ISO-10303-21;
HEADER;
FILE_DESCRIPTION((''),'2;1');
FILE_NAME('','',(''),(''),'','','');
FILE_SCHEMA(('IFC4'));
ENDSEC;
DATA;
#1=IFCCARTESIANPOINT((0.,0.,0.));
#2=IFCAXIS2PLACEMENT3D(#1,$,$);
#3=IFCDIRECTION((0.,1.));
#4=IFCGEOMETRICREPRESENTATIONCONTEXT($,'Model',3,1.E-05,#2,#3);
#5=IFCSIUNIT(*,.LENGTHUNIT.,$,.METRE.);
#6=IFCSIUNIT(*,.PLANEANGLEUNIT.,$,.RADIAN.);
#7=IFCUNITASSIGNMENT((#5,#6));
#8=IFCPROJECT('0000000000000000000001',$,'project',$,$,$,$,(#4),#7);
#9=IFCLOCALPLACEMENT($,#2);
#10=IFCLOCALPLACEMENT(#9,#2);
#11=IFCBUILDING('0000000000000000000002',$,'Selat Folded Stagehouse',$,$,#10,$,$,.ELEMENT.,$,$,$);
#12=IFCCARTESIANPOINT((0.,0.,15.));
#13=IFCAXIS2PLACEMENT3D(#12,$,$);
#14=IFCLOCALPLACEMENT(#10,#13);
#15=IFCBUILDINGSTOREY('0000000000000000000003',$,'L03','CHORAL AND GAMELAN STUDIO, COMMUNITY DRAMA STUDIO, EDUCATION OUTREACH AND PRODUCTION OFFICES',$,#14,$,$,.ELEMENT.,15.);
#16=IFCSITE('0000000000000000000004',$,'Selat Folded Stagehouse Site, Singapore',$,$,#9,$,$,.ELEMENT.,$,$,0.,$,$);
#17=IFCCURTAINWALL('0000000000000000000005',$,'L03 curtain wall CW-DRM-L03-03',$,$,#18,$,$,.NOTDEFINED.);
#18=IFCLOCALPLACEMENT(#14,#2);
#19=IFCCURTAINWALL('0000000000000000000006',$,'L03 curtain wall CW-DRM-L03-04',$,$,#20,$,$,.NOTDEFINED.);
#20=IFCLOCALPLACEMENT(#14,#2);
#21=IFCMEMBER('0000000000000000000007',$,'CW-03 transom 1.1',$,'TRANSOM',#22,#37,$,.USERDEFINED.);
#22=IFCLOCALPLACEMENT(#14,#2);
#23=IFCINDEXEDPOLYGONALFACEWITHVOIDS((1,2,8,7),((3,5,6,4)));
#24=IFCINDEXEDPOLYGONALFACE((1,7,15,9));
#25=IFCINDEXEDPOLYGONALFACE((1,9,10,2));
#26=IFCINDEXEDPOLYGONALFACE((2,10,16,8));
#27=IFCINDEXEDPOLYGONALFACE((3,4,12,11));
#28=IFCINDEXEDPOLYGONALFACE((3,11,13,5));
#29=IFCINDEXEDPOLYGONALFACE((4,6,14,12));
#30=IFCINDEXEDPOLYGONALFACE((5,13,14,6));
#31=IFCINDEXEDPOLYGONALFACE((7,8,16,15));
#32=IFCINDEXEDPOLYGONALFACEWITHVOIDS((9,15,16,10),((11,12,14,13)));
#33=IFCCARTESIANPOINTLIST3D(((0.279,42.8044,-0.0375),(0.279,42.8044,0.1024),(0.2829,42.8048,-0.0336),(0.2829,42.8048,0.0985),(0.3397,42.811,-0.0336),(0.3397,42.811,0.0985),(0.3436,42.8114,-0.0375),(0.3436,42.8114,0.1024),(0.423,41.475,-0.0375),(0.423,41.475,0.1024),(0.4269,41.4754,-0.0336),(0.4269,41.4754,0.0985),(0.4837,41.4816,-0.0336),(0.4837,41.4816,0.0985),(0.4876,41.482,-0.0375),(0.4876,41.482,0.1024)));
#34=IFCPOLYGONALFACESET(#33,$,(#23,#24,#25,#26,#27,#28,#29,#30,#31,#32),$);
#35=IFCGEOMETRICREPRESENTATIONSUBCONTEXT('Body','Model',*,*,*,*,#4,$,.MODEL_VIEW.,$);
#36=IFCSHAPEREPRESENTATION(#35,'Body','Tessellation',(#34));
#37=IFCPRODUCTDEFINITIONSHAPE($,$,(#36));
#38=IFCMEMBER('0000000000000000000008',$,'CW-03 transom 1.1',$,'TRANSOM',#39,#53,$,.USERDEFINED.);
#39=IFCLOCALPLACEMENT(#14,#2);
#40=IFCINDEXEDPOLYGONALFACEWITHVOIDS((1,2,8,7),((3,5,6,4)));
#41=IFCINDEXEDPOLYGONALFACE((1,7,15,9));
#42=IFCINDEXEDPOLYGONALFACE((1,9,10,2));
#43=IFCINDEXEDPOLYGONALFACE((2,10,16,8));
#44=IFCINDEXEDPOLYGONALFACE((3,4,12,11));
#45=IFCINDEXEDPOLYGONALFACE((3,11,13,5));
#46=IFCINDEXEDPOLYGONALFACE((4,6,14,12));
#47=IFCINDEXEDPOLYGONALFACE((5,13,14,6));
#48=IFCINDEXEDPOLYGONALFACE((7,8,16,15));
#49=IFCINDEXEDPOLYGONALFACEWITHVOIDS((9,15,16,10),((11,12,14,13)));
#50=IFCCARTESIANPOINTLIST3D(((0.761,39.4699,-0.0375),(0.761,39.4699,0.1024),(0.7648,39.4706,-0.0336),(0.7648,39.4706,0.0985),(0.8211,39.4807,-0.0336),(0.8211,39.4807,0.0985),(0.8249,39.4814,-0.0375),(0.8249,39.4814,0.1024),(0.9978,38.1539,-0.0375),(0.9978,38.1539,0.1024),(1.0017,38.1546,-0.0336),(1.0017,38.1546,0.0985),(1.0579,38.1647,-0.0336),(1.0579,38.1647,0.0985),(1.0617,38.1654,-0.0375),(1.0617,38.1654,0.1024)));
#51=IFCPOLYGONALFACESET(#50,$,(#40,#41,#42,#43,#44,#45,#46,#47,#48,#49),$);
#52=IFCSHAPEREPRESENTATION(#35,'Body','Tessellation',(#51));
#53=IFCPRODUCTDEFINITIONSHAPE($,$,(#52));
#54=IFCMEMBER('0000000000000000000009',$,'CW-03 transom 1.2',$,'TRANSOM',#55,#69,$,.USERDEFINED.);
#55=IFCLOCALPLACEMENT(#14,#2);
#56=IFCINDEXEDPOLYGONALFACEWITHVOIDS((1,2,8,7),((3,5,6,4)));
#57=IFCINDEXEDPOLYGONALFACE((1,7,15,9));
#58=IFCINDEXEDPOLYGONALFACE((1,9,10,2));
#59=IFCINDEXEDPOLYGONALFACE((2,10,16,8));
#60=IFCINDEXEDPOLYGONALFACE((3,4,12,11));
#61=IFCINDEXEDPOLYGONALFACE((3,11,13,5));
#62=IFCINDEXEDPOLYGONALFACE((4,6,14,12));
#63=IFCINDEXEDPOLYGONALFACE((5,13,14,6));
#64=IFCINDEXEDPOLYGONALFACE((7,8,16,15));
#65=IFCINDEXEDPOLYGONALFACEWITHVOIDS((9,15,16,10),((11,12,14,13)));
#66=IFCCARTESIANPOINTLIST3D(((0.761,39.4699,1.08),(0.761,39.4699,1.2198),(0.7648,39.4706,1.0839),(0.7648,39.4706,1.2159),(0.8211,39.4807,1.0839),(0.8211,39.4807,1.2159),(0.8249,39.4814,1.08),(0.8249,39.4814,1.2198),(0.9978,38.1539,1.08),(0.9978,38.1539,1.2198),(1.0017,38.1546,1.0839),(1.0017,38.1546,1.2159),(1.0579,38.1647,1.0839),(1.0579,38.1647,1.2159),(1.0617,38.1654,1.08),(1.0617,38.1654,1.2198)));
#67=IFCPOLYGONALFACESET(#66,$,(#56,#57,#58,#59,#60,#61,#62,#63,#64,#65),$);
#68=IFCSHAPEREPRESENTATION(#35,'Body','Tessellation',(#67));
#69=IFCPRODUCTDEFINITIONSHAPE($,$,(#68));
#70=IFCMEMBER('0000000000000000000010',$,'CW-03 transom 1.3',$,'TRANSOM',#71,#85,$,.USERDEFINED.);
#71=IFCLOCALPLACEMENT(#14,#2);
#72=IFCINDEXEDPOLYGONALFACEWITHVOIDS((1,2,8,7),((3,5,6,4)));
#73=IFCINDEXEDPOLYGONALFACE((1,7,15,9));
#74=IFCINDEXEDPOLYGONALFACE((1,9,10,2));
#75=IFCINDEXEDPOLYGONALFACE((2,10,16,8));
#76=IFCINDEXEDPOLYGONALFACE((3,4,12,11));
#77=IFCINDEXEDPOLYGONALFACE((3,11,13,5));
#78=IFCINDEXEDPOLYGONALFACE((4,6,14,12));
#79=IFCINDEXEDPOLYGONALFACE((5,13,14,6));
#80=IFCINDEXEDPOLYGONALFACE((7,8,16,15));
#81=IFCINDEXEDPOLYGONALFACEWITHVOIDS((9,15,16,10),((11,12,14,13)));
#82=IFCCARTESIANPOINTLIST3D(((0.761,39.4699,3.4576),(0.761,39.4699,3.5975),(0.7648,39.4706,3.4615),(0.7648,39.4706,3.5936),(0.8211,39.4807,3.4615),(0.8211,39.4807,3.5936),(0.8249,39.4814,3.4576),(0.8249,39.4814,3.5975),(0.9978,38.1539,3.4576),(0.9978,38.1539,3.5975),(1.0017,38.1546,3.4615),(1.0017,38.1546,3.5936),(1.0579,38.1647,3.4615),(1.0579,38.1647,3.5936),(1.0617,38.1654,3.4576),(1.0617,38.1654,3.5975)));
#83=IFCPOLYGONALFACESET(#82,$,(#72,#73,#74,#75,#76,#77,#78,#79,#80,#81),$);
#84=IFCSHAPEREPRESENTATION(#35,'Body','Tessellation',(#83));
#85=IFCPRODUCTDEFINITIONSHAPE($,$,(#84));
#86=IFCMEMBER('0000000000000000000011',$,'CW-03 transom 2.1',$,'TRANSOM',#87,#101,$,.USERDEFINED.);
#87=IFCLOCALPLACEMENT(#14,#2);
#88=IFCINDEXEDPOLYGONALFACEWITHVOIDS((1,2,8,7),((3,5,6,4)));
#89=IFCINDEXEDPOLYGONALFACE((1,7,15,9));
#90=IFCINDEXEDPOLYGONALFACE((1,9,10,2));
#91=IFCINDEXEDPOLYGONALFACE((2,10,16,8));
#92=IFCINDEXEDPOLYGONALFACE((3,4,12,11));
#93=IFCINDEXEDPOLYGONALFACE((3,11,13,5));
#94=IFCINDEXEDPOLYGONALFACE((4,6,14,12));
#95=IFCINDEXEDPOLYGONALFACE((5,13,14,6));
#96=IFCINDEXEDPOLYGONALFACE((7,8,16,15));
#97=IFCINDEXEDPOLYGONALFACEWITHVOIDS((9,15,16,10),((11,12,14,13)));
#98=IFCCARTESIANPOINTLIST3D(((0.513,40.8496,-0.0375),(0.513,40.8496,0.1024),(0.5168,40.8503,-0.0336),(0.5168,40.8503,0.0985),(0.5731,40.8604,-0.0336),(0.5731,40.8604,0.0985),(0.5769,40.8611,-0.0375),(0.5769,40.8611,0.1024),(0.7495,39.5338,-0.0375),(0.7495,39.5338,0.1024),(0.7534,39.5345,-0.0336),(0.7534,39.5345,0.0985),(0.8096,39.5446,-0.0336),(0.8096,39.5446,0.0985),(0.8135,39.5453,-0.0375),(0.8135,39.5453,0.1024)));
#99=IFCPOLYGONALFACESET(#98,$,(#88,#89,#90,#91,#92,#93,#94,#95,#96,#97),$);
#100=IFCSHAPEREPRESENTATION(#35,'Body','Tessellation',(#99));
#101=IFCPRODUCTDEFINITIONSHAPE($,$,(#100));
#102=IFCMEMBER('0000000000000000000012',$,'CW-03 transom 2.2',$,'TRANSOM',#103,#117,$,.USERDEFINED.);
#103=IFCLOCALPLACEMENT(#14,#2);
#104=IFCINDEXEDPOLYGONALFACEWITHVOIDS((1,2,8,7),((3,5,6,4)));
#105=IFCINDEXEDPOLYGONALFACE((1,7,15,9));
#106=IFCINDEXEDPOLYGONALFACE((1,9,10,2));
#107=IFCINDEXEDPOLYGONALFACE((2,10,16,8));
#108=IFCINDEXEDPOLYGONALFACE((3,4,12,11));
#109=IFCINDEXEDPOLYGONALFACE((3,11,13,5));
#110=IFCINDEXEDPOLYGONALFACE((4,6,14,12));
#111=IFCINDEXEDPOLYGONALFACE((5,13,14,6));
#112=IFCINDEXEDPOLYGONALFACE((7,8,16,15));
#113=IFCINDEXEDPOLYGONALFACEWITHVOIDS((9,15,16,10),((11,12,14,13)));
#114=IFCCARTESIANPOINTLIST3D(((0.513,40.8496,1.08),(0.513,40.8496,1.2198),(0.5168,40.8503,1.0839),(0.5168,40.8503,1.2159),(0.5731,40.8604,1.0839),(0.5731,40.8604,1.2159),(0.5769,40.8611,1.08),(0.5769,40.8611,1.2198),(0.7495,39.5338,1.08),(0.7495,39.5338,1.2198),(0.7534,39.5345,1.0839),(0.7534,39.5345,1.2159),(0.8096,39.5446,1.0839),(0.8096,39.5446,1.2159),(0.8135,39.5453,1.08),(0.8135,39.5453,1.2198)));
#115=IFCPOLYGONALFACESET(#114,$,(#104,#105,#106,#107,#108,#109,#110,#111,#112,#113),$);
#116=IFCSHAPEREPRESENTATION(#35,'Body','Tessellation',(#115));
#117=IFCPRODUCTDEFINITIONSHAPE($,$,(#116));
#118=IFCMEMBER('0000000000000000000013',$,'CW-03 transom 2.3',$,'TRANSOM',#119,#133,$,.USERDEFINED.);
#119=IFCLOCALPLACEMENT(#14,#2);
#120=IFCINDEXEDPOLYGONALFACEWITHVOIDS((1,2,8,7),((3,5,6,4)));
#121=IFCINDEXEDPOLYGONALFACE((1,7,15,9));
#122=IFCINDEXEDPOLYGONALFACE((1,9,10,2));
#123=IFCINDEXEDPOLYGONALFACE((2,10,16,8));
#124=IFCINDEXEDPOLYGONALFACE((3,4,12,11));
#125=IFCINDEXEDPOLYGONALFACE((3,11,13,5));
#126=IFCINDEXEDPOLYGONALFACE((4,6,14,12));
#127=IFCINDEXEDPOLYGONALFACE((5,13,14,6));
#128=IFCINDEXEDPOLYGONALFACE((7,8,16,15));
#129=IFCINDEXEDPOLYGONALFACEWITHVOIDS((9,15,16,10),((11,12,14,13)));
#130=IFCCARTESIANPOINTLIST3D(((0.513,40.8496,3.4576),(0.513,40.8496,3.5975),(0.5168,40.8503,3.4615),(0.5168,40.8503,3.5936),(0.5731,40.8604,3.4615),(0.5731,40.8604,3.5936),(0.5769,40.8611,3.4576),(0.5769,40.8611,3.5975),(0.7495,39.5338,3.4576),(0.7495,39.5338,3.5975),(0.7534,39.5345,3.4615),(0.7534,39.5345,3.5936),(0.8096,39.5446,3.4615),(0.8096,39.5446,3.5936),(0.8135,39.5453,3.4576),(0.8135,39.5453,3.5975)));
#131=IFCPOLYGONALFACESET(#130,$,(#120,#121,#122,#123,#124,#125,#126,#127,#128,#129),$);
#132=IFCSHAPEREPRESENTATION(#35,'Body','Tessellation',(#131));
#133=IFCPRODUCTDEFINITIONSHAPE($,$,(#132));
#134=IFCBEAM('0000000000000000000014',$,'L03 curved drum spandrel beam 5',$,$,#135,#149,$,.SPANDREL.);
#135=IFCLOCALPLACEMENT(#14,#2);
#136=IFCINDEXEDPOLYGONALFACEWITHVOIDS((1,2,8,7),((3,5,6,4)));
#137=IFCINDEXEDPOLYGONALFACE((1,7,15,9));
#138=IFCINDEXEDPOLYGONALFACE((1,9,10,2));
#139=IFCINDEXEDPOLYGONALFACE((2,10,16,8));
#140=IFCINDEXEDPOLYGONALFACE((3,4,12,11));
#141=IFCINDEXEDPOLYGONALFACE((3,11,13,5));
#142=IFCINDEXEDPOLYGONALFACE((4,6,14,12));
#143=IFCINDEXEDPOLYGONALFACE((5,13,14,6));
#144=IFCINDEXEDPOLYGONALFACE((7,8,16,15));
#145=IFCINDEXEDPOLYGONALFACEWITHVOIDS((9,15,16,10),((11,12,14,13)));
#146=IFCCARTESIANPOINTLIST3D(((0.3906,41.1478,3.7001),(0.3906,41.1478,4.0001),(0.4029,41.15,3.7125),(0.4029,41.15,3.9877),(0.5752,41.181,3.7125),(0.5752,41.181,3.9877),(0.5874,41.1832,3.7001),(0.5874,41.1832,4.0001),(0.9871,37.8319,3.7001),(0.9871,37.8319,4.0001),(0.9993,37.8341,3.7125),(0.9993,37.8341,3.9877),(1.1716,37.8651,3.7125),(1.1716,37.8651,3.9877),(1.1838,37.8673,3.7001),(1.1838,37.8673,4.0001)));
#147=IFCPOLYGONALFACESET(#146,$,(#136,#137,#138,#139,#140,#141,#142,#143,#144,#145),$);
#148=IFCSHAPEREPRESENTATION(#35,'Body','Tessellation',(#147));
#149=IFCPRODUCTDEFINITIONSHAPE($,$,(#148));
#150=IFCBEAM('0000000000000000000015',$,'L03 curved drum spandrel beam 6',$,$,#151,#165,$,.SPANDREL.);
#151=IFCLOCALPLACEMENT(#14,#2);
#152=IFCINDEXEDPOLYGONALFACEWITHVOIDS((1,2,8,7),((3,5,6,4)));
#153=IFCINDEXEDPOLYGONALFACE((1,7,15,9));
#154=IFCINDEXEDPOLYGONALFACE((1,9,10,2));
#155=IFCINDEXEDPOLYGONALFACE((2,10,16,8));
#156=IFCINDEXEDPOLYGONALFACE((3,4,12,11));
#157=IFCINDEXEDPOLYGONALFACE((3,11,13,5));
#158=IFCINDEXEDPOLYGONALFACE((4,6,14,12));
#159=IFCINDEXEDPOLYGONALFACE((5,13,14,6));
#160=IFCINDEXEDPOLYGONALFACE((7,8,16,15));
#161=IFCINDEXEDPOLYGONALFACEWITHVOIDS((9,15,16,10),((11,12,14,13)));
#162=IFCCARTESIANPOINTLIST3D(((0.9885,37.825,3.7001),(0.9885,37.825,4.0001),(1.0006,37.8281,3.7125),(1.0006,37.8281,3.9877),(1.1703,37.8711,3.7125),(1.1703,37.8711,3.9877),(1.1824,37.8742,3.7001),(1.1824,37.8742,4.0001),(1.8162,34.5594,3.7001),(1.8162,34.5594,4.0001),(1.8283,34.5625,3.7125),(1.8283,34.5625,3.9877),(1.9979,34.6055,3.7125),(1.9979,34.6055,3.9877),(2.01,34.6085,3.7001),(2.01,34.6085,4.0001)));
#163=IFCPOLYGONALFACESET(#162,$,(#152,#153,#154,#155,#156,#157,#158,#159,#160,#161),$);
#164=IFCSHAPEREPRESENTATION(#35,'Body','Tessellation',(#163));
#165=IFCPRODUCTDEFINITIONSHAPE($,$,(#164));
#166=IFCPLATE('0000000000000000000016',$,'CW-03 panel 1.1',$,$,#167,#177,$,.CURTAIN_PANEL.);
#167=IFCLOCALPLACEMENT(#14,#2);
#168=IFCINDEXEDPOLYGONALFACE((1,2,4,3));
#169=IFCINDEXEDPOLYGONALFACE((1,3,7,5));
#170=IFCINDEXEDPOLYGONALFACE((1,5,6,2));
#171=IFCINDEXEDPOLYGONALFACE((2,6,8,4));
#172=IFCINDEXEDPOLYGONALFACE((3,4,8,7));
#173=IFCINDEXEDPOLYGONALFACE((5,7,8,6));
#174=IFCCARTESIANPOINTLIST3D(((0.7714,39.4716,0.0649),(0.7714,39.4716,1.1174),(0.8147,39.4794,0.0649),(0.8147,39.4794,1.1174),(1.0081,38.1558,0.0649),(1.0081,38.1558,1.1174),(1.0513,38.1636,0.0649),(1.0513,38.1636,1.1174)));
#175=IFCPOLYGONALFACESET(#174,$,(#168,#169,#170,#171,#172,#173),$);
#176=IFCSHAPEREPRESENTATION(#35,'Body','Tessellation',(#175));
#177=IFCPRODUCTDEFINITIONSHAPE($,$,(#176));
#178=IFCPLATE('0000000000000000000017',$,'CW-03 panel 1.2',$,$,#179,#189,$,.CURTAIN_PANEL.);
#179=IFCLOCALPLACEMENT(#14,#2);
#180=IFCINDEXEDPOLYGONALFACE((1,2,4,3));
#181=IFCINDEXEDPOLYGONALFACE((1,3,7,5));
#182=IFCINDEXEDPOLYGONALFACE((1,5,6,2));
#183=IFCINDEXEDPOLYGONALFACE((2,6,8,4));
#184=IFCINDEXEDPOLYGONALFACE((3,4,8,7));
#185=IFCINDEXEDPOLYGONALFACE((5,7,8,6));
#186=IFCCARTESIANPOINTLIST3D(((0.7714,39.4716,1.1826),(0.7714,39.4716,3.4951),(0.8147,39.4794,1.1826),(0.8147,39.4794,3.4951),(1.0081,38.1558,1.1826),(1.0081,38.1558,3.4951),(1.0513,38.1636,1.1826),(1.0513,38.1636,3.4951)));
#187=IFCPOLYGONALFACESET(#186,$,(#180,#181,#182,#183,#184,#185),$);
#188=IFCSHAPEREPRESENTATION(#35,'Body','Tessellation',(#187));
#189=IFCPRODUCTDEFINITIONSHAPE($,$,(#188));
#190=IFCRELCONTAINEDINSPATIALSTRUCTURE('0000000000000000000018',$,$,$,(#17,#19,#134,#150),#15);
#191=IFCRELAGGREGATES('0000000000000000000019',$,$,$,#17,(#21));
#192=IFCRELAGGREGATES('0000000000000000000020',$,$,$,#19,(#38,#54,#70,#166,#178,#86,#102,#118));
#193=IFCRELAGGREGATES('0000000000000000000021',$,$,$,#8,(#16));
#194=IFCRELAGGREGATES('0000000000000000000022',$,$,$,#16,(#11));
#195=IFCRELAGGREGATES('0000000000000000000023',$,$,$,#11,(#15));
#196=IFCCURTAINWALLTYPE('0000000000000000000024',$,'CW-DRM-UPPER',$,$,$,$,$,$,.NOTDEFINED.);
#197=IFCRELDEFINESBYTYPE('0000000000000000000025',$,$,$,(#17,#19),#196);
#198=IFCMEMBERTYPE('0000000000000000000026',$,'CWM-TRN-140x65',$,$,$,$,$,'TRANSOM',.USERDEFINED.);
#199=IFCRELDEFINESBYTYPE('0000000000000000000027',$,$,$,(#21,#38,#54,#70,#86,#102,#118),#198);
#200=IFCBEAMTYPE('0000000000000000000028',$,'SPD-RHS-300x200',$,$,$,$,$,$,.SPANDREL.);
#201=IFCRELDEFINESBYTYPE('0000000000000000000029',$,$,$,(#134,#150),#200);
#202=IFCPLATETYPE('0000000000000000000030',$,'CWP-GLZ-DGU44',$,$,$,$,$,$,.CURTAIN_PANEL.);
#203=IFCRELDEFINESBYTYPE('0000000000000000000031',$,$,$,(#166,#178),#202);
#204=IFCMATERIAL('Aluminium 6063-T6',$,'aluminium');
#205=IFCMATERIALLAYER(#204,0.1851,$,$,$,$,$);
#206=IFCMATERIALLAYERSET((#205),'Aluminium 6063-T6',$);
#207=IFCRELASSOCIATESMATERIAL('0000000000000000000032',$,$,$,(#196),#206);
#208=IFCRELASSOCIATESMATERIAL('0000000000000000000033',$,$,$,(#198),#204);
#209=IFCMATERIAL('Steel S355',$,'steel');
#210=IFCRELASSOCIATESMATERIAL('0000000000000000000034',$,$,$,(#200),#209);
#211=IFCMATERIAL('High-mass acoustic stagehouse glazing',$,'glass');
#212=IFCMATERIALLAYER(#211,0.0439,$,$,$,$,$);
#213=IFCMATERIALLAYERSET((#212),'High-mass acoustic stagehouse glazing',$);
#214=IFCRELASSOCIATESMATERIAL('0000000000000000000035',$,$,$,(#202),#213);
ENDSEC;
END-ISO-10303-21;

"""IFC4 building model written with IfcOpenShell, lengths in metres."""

from ifc_helpers import new_model, si_unit, direction, frame, origin, origin_2d, place, context, subcontext, project, spatial, rectangle, hollow_rectangle, extrude, material, layer, layer_set, material_profile, profile_set, type_object, element, aggregate, save


model = new_model("IFC4")

# Units and contexts
model_context = context("Model", 3, precision=1e-05, world=origin(), true_north=direction((0.0, 1.0)))
body_context = subcontext(model_context, "Body", "Model", "MODEL_VIEW")
ifc_project = project(units=[si_unit("LENGTHUNIT", "METRE"), si_unit("PLANEANGLEUNIT", "RADIAN")], contexts=[model_context])

# Site, building, storey
site_placement = place(None, origin())
site = spatial("IfcSite", under=ifc_project, at=site_placement, Name="Selat Folded Stagehouse Site, Singapore", CompositionType="ELEMENT", RefElevation=0.0)
building_placement = place(site_placement, origin())
building = spatial("IfcBuilding", under=site, at=building_placement, Name="Selat Folded Stagehouse", CompositionType="ELEMENT")
storey_placement = place(building_placement, frame((0.0, 0.0, 15.0)))
storey = spatial("IfcBuildingStorey", under=building, at=storey_placement, Name="L03", Description="CHORAL AND GAMELAN STUDIO, COMMUNITY DRAMA STUDIO, EDUCATION OUTREACH AND PRODUCTION OFFICES", CompositionType="ELEMENT", Elevation=15.0)

# Shared definitions
ifc_material_1 = material(Name="Steel S355", Category="steel")

# Curtain wall
ifc_material_2 = material(Name="Aluminium 6063-T6", Category="aluminium")
ifc_layer_1 = layer(ifc_material_2, 0.1851)
ifc_layer_set_1 = layer_set([ifc_layer_1], Name="Aluminium 6063-T6")
curtain_wall_type = type_object("IfcCurtainWallType", Name="CW-DRM-UPPER", PredefinedType="NOTDEFINED", material=ifc_layer_set_1)
curtain_wall_1_placement = place(storey_placement, origin())
curtain_wall_1 = element("IfcCurtainWall", 1, at=curtain_wall_1_placement, inside=storey, type_object=curtain_wall_type, Name="L03 curtain wall CW-DRM-L03-03", PredefinedType="NOTDEFINED")

# Curtain wall
curtain_wall_2_placement = place(storey_placement, origin())
curtain_wall_2 = element("IfcCurtainWall", 2, at=curtain_wall_2_placement, inside=storey, type_object=curtain_wall_type, Name="L03 curtain wall CW-DRM-L03-04", PredefinedType="NOTDEFINED")

# Members
ifc_material_profile_1 = material_profile(ifc_material_2, hollow_rectangle(XDim=0.0649, YDim=0.1399, WallThickness=0.0039, at=origin_2d()), Name="ALU 140x65x4.0")
ifc_profile_set_1 = profile_set([ifc_material_profile_1], Name="Aluminium 6063-T6")
member_type_1 = type_object("IfcMemberType", Name="CWM-TRN-140x65", ElementType="TRANSOM", PredefinedType="USERDEFINED", material=ifc_profile_set_1)
member_1_placement = place(storey_placement, frame((0.4553, 41.4785, 0.0325), z_axis=(-0.107726, 0.994181, 0.0), x_axis=(-0.994181, -0.107726, 0.0)))
member_1 = element("IfcMember", 3, at=member_1_placement, type_object=member_type_1, Name="CW-03 transom 1.1", ObjectType="TRANSOM", PredefinedType="USERDEFINED", context=body_context, shape_type="SweptSolid", body=[
    extrude(hollow_rectangle(XDim=0.0649, YDim=0.1399, WallThickness=0.0039, at=origin_2d()), origin(), (0.0, 0.0, 1.0), 1.3372),
])
aggregate(curtain_wall_1, [member_1])
member_2_placement = place(storey_placement, frame((1.0298, 38.1597, 0.0325), z_axis=(-0.177118, 0.98419, 0.0), x_axis=(-0.98419, -0.177118, 0.0)))
member_2 = element("IfcMember", 4, at=member_2_placement, type_object=member_type_1, Name="CW-03 transom 1.1", ObjectType="TRANSOM", PredefinedType="USERDEFINED", context=body_context, shape_type="SweptSolid", body=[
    extrude(hollow_rectangle(XDim=0.0649, YDim=0.1399, WallThickness=0.0039, at=origin_2d()), origin(), (0.0, 0.0, 1.0), 1.3372),
])
member_3_placement = place(storey_placement, frame((1.0298, 38.1597, 1.1499), z_axis=(-0.177118, 0.98419, 0.0), x_axis=(-0.98419, -0.177118, 0.0)))
member_3 = element("IfcMember", 5, at=member_3_placement, type_object=member_type_1, Name="CW-03 transom 1.2", ObjectType="TRANSOM", PredefinedType="USERDEFINED", context=body_context, shape_type="SweptSolid", body=[
    extrude(hollow_rectangle(XDim=0.0649, YDim=0.1399, WallThickness=0.0039, at=origin_2d()), origin(), (0.0, 0.0, 1.0), 1.3372),
])
member_4_placement = place(storey_placement, frame((1.0298, 38.1597, 3.5276), z_axis=(-0.177118, 0.98419, 0.0), x_axis=(-0.98419, -0.177118, 0.0)))
member_4 = element("IfcMember", 6, at=member_4_placement, type_object=member_type_1, Name="CW-03 transom 1.3", ObjectType="TRANSOM", PredefinedType="USERDEFINED", context=body_context, shape_type="SweptSolid", body=[
    extrude(hollow_rectangle(XDim=0.0649, YDim=0.1399, WallThickness=0.0039, at=origin_2d()), origin(), (0.0, 0.0, 1.0), 1.3372),
])
member_5_placement = place(storey_placement, frame((0.7815, 39.5396, 0.0325), z_axis=(-0.176941, 0.984222, 0.0), x_axis=(-0.984222, -0.176941, 0.0)))
member_5 = element("IfcMember", 7, at=member_5_placement, type_object=member_type_1, Name="CW-03 transom 2.1", ObjectType="TRANSOM", PredefinedType="USERDEFINED", context=body_context, shape_type="SweptSolid", body=[
    extrude(hollow_rectangle(XDim=0.0649, YDim=0.1399, WallThickness=0.0039, at=origin_2d()), origin(), (0.0, 0.0, 1.0), 1.3369),
])
member_6_placement = place(storey_placement, frame((0.7815, 39.5396, 1.1499), z_axis=(-0.176941, 0.984222, 0.0), x_axis=(-0.984222, -0.176941, 0.0)))
member_6 = element("IfcMember", 8, at=member_6_placement, type_object=member_type_1, Name="CW-03 transom 2.2", ObjectType="TRANSOM", PredefinedType="USERDEFINED", context=body_context, shape_type="SweptSolid", body=[
    extrude(hollow_rectangle(XDim=0.0649, YDim=0.1399, WallThickness=0.0039, at=origin_2d()), origin(), (0.0, 0.0, 1.0), 1.3369),
])
member_7_placement = place(storey_placement, frame((0.7815, 39.5396, 3.5276), z_axis=(-0.176941, 0.984222, 0.0), x_axis=(-0.984222, -0.176941, 0.0)))
member_7 = element("IfcMember", 9, at=member_7_placement, type_object=member_type_1, Name="CW-03 transom 2.3", ObjectType="TRANSOM", PredefinedType="USERDEFINED", context=body_context, shape_type="SweptSolid", body=[
    extrude(hollow_rectangle(XDim=0.0649, YDim=0.1399, WallThickness=0.0039, at=origin_2d()), origin(), (0.0, 0.0, 1.0), 1.3369),
])

# Beams
ifc_material_profile_2 = material_profile(ifc_material_1, hollow_rectangle(XDim=0.2, YDim=0.3, WallThickness=0.0125, at=origin_2d()), Name="RHS 300x200x12.5")
ifc_profile_set_2 = profile_set([ifc_material_profile_2], Name="Steel S355")
beam_type = type_object("IfcBeamType", Name="SPD-RHS-300x200", PredefinedType="SPANDREL", material=ifc_profile_set_2)
beam_1_placement = place(storey_placement, frame((0.489, 41.1655, 3.8501), z_axis=(0.177029, -0.984206, 0.0), x_axis=(0.984206, 0.177029, 0.0)))
element("IfcBeam", 10, at=beam_1_placement, inside=storey, type_object=beam_type, Name="L03 curved drum spandrel beam 5", PredefinedType="SPANDREL", context=body_context, shape_type="SweptSolid", body=[
    extrude(hollow_rectangle(XDim=0.2, YDim=0.3, WallThickness=0.0125, at=origin_2d()), origin(), (0.0, 0.0, 1.0), 3.3691),
])
beam_2_placement = place(storey_placement, frame((1.0854, 37.8496, 3.8501), z_axis=(0.245672, -0.969353, 0.0), x_axis=(0.969353, 0.245672, 0.0)))
element("IfcBeam", 11, at=beam_2_placement, inside=storey, type_object=beam_type, Name="L03 curved drum spandrel beam 6", PredefinedType="SPANDREL", context=body_context, shape_type="SweptSolid", body=[
    extrude(hollow_rectangle(XDim=0.2, YDim=0.3, WallThickness=0.0125, at=origin_2d()), origin(), (0.0, 0.0, 1.0), 3.3689),
])

# Plates
ifc_material_3 = material(Name="High-mass acoustic stagehouse glazing", Category="glass")
ifc_layer_2 = layer(ifc_material_3, 0.0439)
ifc_layer_set_2 = layer_set([ifc_layer_2], Name="High-mass acoustic stagehouse glazing")
plate_type = type_object("IfcPlateType", Name="CWP-GLZ-DGU44", PredefinedType="CURTAIN_PANEL", material=ifc_layer_set_2)
plate_1_placement = place(storey_placement, frame((0.9114, 38.8176, 0.0649), z_axis=(0.0, 0.0, 1.0), x_axis=(-0.177002, 0.984211, 0.0)))
plate_1 = element("IfcPlate", 12, at=plate_1_placement, type_object=plate_type, Name="CW-03 panel 1.1", PredefinedType="CURTAIN_PANEL", context=body_context, shape_type="SweptSolid", body=[
    extrude(rectangle(XDim=1.3369, YDim=0.0439, at=origin_2d()), origin(), (0.0, 0.0, 1.0), 1.0525),
])
plate_2_placement = place(storey_placement, frame((0.9114, 38.8176, 1.1826), z_axis=(0.0, 0.0, 1.0), x_axis=(-0.177002, 0.984211, 0.0)))
plate_2 = element("IfcPlate", 13, at=plate_2_placement, type_object=plate_type, Name="CW-03 panel 1.2", PredefinedType="CURTAIN_PANEL", context=body_context, shape_type="SweptSolid", body=[
    extrude(rectangle(XDim=1.3369, YDim=0.0439, at=origin_2d()), origin(), (0.0, 0.0, 1.0), 2.3125),
])
aggregate(curtain_wall_2, [member_2, member_3, member_4, plate_1, plate_2, member_5, member_6, member_7])

save(model, "model.ifc")
